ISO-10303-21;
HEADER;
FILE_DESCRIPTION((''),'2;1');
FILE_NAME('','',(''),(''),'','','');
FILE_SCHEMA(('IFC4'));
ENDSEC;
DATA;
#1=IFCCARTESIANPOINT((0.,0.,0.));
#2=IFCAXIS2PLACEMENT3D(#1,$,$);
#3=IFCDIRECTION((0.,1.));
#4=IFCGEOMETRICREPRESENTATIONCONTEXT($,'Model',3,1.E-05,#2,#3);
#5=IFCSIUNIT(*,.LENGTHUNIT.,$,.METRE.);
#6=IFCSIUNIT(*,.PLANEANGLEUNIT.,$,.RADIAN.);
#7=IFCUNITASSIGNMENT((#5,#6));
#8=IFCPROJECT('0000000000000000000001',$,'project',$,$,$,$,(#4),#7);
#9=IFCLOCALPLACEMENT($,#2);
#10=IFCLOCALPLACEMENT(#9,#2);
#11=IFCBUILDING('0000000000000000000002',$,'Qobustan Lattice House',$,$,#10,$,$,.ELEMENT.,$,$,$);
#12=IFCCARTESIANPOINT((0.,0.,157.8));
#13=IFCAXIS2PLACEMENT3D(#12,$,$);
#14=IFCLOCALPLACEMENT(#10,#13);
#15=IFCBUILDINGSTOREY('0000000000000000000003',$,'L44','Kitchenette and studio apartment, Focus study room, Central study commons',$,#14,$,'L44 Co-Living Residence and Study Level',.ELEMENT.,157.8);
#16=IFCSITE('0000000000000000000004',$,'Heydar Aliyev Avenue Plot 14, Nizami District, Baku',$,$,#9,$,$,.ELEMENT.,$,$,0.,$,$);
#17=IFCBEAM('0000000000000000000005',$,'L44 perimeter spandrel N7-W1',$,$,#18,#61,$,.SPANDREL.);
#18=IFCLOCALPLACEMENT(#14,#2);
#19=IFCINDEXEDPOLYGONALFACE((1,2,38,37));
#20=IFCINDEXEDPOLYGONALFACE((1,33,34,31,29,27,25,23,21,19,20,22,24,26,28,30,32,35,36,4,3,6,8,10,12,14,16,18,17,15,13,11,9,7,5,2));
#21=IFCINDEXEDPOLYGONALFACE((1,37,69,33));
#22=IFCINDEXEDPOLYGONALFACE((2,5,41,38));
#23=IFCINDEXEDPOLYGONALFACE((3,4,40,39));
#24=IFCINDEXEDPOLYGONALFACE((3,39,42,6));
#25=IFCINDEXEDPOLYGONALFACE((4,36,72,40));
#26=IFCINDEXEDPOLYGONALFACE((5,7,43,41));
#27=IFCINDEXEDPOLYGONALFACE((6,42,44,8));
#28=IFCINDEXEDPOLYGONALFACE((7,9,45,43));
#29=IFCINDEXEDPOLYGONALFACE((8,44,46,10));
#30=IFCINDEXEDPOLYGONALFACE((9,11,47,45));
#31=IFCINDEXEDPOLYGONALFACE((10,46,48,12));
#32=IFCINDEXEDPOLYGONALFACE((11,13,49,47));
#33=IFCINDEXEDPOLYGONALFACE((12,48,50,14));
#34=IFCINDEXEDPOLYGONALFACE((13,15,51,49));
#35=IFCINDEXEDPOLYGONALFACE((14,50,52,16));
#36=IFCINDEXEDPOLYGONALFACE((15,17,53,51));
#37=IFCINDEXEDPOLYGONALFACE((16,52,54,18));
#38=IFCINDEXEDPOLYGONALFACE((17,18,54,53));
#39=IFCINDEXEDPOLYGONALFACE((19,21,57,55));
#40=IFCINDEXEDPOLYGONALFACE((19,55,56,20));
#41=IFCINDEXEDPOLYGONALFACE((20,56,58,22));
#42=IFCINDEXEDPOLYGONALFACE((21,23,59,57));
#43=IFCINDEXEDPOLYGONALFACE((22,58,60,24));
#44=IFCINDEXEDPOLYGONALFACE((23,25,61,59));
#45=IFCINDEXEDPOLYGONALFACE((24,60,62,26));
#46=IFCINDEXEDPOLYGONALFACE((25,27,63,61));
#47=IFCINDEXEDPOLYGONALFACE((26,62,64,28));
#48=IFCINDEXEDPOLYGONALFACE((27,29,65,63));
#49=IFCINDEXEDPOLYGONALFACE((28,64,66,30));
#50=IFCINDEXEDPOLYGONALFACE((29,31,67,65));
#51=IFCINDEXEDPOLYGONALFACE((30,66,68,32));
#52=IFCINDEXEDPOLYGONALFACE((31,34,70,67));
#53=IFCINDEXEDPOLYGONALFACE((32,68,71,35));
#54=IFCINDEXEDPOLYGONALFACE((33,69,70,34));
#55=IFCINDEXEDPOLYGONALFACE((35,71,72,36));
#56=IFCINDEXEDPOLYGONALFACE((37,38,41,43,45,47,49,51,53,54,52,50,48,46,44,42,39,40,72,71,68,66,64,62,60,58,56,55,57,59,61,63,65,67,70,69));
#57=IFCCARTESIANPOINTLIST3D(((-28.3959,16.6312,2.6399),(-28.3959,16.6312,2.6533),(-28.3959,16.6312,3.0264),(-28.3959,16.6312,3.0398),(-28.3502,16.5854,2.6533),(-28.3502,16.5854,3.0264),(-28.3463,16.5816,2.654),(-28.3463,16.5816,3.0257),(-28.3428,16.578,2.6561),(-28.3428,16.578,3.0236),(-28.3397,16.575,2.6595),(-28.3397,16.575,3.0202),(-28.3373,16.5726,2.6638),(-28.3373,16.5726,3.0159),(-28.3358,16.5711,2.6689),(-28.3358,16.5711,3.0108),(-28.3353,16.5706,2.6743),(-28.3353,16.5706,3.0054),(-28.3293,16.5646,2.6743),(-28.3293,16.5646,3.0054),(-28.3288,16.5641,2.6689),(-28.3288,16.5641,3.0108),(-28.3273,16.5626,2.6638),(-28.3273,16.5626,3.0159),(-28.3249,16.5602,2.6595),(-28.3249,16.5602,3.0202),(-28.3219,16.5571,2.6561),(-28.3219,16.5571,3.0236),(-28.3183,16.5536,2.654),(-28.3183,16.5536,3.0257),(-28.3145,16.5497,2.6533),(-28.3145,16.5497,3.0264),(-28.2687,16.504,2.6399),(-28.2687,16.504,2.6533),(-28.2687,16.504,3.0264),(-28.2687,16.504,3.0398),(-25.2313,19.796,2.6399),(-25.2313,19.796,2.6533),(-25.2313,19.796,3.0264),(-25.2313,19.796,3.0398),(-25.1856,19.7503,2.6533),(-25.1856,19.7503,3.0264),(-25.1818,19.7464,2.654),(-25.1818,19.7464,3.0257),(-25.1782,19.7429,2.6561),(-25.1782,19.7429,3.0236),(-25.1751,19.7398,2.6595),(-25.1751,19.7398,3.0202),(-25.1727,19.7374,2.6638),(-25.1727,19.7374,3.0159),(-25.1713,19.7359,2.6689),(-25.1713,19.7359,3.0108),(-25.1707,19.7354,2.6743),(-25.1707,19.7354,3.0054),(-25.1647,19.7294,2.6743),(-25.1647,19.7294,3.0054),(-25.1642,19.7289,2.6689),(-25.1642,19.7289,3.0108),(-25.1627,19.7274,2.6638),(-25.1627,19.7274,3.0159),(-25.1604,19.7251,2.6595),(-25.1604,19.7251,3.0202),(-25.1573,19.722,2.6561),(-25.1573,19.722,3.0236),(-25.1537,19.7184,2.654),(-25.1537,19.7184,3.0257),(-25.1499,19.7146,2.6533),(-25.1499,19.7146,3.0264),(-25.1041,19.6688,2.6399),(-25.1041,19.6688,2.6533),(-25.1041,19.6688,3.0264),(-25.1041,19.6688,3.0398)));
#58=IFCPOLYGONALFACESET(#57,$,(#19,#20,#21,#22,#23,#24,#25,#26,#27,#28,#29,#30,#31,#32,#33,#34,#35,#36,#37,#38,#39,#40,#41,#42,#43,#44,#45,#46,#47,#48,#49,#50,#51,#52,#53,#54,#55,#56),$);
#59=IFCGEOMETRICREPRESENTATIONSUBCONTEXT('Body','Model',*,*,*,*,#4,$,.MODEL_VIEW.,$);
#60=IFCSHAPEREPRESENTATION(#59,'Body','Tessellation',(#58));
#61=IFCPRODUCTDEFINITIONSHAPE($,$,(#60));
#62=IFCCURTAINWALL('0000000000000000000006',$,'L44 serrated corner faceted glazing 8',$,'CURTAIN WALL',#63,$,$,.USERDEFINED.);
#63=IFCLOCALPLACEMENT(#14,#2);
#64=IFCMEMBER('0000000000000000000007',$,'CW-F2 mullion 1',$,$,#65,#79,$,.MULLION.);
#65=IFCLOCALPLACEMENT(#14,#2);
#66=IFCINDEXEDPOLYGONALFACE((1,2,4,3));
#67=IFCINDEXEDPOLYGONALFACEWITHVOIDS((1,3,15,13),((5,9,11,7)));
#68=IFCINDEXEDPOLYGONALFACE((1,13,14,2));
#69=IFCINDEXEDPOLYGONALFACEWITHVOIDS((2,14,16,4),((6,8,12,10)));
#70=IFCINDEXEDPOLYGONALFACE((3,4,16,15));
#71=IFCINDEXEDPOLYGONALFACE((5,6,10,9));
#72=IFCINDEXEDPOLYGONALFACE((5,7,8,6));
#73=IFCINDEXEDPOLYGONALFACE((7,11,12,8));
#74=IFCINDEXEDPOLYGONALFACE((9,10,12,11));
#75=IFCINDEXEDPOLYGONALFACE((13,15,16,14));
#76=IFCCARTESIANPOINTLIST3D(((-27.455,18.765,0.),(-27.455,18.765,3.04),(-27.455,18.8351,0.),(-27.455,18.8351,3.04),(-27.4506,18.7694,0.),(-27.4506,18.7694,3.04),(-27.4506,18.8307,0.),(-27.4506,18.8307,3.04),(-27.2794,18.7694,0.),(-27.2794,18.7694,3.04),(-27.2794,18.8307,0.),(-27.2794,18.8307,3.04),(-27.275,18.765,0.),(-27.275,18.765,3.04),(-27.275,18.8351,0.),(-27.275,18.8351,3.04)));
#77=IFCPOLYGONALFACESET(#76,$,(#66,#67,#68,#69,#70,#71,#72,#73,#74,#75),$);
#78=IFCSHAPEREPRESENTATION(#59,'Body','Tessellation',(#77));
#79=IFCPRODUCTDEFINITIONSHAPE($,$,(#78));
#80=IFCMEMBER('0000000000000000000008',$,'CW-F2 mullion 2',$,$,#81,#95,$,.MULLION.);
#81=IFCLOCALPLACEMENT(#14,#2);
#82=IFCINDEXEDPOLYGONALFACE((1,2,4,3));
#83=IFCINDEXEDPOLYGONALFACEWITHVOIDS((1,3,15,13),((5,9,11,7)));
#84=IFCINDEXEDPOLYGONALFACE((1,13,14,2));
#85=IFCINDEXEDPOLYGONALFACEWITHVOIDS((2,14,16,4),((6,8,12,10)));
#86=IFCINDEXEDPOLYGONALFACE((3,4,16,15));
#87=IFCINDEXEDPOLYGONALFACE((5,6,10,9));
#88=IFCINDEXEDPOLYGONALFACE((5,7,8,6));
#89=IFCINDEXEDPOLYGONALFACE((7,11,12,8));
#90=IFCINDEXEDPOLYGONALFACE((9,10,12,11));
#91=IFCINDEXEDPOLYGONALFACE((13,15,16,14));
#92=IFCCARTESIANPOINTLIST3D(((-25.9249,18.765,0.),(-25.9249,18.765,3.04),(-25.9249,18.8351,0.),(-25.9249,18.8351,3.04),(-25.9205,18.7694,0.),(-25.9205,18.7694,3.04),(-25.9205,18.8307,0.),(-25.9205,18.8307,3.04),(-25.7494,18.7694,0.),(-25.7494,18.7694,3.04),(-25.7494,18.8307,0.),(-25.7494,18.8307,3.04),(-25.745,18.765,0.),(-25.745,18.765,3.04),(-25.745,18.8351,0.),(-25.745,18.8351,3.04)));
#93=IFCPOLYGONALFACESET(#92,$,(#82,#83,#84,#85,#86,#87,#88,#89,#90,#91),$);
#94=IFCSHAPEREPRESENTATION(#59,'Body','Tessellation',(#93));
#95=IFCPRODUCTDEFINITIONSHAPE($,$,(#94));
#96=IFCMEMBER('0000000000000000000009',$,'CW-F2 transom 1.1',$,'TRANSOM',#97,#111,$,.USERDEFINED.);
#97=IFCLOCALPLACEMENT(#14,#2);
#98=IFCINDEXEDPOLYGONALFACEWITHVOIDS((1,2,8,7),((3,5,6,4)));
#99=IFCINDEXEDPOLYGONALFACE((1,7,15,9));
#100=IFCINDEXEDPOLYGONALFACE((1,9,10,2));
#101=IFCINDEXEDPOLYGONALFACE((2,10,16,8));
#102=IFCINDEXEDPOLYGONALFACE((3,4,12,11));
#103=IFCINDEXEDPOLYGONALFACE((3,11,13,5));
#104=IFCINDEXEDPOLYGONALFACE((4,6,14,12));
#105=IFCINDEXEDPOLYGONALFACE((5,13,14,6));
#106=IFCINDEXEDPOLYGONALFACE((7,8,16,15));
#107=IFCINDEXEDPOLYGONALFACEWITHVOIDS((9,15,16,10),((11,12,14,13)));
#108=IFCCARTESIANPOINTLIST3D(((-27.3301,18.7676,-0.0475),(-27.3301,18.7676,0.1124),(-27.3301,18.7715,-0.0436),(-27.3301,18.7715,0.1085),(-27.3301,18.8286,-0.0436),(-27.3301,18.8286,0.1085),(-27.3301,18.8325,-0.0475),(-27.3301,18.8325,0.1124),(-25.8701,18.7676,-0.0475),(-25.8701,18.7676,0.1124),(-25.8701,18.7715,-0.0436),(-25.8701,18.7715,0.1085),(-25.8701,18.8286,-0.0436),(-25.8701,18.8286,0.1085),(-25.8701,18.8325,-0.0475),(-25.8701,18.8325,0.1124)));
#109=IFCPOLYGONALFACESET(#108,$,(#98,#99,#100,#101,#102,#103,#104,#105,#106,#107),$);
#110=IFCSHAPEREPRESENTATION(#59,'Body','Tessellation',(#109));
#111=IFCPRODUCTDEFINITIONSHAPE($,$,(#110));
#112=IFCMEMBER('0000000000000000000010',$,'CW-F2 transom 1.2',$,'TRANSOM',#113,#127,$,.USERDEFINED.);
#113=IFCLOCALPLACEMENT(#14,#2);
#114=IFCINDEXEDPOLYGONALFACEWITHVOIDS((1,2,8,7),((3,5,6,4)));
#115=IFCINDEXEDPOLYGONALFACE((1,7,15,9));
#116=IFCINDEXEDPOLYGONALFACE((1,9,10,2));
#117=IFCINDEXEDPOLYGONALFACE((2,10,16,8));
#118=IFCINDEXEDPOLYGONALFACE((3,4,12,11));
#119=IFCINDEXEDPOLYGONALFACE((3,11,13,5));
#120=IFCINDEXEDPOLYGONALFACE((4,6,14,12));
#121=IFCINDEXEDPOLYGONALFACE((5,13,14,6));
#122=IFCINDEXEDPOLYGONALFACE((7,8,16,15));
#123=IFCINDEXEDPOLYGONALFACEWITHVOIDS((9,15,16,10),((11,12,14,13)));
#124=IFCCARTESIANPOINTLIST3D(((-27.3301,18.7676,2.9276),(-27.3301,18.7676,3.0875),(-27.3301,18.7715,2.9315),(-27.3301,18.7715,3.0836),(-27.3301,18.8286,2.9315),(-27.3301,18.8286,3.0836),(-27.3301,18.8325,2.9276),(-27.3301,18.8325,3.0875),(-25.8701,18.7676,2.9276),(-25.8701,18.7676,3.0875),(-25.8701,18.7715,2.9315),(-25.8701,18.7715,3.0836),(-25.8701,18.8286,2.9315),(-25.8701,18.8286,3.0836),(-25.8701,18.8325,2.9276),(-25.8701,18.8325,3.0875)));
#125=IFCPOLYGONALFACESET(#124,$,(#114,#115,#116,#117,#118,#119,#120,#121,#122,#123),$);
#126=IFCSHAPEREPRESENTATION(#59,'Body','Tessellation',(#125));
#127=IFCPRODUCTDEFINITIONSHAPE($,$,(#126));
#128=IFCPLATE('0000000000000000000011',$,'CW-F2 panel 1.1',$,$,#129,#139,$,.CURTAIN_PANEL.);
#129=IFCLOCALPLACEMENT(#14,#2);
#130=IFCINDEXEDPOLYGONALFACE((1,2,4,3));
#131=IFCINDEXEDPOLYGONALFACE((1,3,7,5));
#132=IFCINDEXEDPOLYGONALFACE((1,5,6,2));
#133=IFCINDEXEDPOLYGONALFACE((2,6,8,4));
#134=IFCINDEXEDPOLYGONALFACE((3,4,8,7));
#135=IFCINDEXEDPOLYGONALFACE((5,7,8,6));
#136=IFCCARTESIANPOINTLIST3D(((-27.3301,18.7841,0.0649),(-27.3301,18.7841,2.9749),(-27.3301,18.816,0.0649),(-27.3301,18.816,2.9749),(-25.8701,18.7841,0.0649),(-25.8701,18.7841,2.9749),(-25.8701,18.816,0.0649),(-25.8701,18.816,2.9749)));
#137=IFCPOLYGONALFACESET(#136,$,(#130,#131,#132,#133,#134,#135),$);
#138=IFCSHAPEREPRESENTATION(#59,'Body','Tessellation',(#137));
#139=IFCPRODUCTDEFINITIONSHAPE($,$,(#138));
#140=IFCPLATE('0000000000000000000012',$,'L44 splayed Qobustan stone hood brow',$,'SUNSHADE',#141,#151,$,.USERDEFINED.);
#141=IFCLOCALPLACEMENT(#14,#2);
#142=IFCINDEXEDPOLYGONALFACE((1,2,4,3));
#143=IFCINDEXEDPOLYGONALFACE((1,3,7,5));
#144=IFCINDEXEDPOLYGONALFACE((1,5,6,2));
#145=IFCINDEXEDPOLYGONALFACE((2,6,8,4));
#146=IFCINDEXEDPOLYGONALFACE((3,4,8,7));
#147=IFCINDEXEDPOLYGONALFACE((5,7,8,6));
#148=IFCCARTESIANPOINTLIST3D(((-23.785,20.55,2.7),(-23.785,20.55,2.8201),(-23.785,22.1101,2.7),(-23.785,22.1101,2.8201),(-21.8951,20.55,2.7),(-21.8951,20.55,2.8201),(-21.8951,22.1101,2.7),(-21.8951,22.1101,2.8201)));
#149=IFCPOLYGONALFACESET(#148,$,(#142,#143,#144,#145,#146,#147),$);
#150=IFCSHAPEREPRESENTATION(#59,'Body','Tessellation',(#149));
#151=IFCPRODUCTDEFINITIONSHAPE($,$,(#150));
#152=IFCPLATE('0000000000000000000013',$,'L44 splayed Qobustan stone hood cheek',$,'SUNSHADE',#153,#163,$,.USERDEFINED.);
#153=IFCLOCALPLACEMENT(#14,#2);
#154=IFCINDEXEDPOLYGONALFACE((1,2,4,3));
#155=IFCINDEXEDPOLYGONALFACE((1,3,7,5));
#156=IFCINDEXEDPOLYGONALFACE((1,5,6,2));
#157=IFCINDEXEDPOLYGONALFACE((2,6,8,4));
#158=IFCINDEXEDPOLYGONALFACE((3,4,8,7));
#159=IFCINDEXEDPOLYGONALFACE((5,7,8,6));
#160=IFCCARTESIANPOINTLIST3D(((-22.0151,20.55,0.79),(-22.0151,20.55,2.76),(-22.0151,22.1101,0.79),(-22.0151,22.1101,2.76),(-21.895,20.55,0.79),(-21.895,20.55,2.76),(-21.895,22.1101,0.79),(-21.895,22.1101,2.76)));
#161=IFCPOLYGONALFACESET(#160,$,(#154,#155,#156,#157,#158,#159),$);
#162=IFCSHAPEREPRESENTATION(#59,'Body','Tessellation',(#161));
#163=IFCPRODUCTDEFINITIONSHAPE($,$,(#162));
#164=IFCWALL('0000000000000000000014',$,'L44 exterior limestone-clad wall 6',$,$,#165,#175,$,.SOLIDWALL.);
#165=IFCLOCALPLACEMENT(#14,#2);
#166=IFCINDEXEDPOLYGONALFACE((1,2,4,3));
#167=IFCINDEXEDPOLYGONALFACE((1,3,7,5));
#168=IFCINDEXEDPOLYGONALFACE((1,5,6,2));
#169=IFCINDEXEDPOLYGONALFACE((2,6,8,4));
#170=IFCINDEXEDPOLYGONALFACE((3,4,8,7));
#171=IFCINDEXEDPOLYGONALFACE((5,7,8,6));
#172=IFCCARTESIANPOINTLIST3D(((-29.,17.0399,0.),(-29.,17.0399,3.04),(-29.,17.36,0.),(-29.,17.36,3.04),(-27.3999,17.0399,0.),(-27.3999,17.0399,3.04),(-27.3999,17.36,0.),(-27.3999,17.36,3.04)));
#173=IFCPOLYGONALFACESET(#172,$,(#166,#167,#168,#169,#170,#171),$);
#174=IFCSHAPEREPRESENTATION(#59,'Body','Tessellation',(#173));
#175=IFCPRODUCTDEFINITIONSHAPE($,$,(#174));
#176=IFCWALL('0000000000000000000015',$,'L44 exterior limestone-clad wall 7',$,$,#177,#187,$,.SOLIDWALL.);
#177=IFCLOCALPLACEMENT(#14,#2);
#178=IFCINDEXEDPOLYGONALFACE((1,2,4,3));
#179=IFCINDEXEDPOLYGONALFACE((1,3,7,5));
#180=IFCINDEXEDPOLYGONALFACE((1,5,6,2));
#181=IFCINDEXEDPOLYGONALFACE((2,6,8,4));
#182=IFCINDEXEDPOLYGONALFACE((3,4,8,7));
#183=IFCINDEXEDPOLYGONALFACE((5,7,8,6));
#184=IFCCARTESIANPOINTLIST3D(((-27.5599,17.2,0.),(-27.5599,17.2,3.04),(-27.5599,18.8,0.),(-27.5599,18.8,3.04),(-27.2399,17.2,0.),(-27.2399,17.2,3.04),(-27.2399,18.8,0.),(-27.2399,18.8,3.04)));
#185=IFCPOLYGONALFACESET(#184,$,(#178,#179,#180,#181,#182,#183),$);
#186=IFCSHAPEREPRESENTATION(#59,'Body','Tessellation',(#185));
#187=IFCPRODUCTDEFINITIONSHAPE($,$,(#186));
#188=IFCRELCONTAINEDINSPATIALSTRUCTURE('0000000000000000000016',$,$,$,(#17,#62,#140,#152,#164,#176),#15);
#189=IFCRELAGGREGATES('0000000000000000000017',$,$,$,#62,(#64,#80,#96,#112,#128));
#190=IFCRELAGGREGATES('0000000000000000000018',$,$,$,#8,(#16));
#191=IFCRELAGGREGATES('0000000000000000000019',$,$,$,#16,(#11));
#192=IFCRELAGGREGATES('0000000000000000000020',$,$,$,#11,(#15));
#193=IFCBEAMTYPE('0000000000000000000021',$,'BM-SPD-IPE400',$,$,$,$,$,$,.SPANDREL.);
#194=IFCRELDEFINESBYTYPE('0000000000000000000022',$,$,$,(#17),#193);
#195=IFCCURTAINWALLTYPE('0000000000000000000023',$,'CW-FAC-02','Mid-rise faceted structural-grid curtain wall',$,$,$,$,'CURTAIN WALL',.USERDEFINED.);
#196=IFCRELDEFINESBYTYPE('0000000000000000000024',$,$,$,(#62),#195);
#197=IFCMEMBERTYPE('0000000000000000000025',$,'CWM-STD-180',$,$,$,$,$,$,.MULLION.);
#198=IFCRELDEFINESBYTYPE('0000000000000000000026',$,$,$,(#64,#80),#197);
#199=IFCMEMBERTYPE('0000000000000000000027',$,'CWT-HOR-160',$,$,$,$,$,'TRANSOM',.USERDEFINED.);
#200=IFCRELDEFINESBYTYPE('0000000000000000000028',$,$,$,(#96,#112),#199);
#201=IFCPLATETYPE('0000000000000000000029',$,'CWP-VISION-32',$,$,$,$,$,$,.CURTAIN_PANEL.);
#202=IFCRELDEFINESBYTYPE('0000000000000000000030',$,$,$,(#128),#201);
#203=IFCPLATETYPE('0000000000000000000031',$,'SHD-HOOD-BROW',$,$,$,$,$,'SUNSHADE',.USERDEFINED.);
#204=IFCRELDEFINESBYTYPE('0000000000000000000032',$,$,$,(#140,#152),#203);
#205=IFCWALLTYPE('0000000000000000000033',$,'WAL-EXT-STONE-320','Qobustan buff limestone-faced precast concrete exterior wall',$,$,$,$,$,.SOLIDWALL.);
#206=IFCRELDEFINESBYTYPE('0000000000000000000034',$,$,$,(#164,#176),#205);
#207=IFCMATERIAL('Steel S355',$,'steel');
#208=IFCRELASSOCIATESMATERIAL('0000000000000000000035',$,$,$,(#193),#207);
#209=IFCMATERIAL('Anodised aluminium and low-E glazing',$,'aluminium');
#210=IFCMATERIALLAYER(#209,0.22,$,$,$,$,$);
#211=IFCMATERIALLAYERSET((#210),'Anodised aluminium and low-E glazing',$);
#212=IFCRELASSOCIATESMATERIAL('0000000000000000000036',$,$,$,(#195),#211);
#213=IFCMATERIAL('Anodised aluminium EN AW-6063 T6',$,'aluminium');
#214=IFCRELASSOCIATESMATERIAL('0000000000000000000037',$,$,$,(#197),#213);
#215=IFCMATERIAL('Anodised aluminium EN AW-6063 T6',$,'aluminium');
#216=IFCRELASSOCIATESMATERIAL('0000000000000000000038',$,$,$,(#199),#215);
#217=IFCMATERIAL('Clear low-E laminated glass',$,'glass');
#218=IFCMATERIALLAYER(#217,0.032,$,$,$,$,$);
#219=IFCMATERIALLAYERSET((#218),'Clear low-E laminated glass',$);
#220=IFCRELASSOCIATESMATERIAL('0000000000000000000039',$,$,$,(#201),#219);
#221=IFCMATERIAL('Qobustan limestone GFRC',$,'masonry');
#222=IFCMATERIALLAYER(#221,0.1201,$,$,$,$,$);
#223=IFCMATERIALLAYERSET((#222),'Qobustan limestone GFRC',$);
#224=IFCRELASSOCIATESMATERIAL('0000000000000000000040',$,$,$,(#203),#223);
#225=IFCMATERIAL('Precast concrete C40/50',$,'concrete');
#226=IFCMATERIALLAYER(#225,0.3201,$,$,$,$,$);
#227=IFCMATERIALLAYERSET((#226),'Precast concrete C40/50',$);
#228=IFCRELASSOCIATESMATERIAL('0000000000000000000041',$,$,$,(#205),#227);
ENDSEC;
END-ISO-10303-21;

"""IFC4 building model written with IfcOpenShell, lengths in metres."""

from ifc_helpers import new_model, si_unit, direction, frame, frame_2d, origin, origin_2d, place, context, subcontext, project, spatial, rectangle, hollow_rectangle, i_section, extrude, material, layer, layer_set, material_profile, profile_set, type_object, element, aggregate, save


model = new_model("IFC4")

# Units and contexts
model_context = context("Model", 3, precision=1e-05, world=origin(), true_north=direction((0.0, 1.0)))
body_context = subcontext(model_context, "Body", "Model", "MODEL_VIEW")
ifc_project = project(units=[si_unit("LENGTHUNIT", "METRE"), si_unit("PLANEANGLEUNIT", "RADIAN")], contexts=[model_context])

# Site, building, storey
site_placement = place(None, origin())
site = spatial("IfcSite", under=ifc_project, at=site_placement, Name="Heydar Aliyev Avenue Plot 14, Nizami District, Baku", CompositionType="ELEMENT", RefElevation=0.0)
building_placement = place(site_placement, origin())
building = spatial("IfcBuilding", under=site, at=building_placement, Name="Qobustan Lattice House", CompositionType="ELEMENT")
storey_placement = place(building_placement, frame((0.0, 0.0, 157.8)))
storey = spatial("IfcBuildingStorey", under=building, at=storey_placement, Name="L44", Description="Kitchenette and studio apartment, Focus study room, Central study commons", LongName="L44 Co-Living Residence and Study Level", CompositionType="ELEMENT", Elevation=157.8)

# Beam
ifc_material_1 = material(Name="Steel S355", Category="steel")
ifc_material_profile_1 = material_profile(ifc_material_1, i_section(OverallWidth=0.1799, OverallDepth=0.3999, WebThickness=0.0085, FlangeThickness=0.0134, FilletRadius=0.021, at=origin_2d()), Name="IPE400")
ifc_profile_set_1 = profile_set([ifc_material_profile_1], Name="Steel S355")
beam_type_1 = type_object("IfcBeamType", Name="BM-SPD-IPE400", PredefinedType="SPANDREL", material=ifc_profile_set_1)
beam_1_placement = place(storey_placement, frame((-25.1677, 19.7324, 2.8398), z_axis=(-0.70708, -0.707134, 0.0), x_axis=(0.707134, -0.70708, 0.0)))
element("IfcBeam", 1, at=beam_1_placement, inside=storey, type_object=beam_type_1, Name="L44 perimeter spandrel N7-W1", PredefinedType="SPANDREL", context=body_context, shape_type="SweptSolid", body=[
    extrude(i_section(OverallWidth=0.1799, OverallDepth=0.3999, WebThickness=0.0085, FlangeThickness=0.0134, FilletRadius=0.021, at=origin_2d()), origin(), (0.0, 0.0, 1.0), 4.4756),
])

# Curtain wall, members, plate
ifc_material_2 = material(Name="Anodised aluminium and low-E glazing", Category="aluminium")
ifc_layer_1 = layer(ifc_material_2, 0.22)
ifc_layer_set_1 = layer_set([ifc_layer_1], Name="Anodised aluminium and low-E glazing")
curtain_wall_type = type_object("IfcCurtainWallType", Name="CW-FAC-02", Description="Mid-rise faceted structural-grid curtain wall", ElementType="CURTAIN WALL", PredefinedType="USERDEFINED", material=ifc_layer_set_1)
curtain_wall_placement = place(storey_placement, origin())
curtain_wall = element("IfcCurtainWall", 2, at=curtain_wall_placement, inside=storey, type_object=curtain_wall_type, Name="L44 serrated corner faceted glazing 8", ObjectType="CURTAIN WALL", PredefinedType="USERDEFINED")
ifc_material_3 = material(Name="Anodised aluminium EN AW-6063 T6", Category="aluminium")
ifc_material_profile_2 = material_profile(ifc_material_3, hollow_rectangle(XDim=0.0701, YDim=0.1799, WallThickness=0.0044, at=origin_2d()), Name="CWM-180x70")
ifc_profile_set_2 = profile_set([ifc_material_profile_2], Name="Anodised aluminium EN AW-6063 T6")
member_type_1 = type_object("IfcMemberType", Name="CWM-STD-180", PredefinedType="MULLION", material=ifc_profile_set_2)
member_1_placement = place(storey_placement, frame((-27.365, 18.8, 0.0), z_axis=(0.0, 0.0, 1.0), x_axis=(0.0, 1.0, 0.0)))
member_1 = element("IfcMember", 3, at=member_1_placement, type_object=member_type_1, Name="CW-F2 mullion 1", PredefinedType="MULLION", context=body_context, shape_type="SweptSolid", body=[
    extrude(hollow_rectangle(XDim=0.0701, YDim=0.1799, WallThickness=0.0044, at=origin_2d()), origin(), (0.0, 0.0, 1.0), 3.04),
])
member_2_placement = place(storey_placement, frame((-25.835, 18.8, 0.0), z_axis=(0.0, 0.0, 1.0), x_axis=(0.0, 1.0, 0.0)))
member_2 = element("IfcMember", 4, at=member_2_placement, type_object=member_type_1, Name="CW-F2 mullion 2", PredefinedType="MULLION", context=body_context, shape_type="SweptSolid", body=[
    extrude(hollow_rectangle(XDim=0.0701, YDim=0.1799, WallThickness=0.0044, at=origin_2d()), origin(), (0.0, 0.0, 1.0), 3.04),
])
ifc_material_4 = material(Name="Anodised aluminium EN AW-6063 T6", Category="aluminium")
ifc_material_profile_3 = material_profile(ifc_material_4, hollow_rectangle(XDim=0.0649, YDim=0.1599, WallThickness=0.0039, at=origin_2d()), Name="CWT-160x65")
ifc_profile_set_3 = profile_set([ifc_material_profile_3], Name="Anodised aluminium EN AW-6063 T6")
member_type_2 = type_object("IfcMemberType", Name="CWT-HOR-160", ElementType="TRANSOM", PredefinedType="USERDEFINED", material=ifc_profile_set_3)
member_3_placement = place(storey_placement, frame((-27.3301, 18.8, 0.0325), z_axis=(1.0, 0.0, 0.0), x_axis=(0.0, 1.0, 0.0)))
member_3 = element("IfcMember", 5, at=member_3_placement, type_object=member_type_2, Name="CW-F2 transom 1.1", ObjectType="TRANSOM", PredefinedType="USERDEFINED", context=body_context, shape_type="SweptSolid", body=[
    extrude(hollow_rectangle(XDim=0.0649, YDim=0.1599, WallThickness=0.0039, at=origin_2d()), origin(), (0.0, 0.0, 1.0), 1.46),
])
member_4_placement = place(storey_placement, frame((-27.3301, 18.8, 3.0076), z_axis=(1.0, 0.0, 0.0), x_axis=(0.0, 1.0, 0.0)))
member_4 = element("IfcMember", 6, at=member_4_placement, type_object=member_type_2, Name="CW-F2 transom 1.2", ObjectType="TRANSOM", PredefinedType="USERDEFINED", context=body_context, shape_type="SweptSolid", body=[
    extrude(hollow_rectangle(XDim=0.0649, YDim=0.1599, WallThickness=0.0039, at=origin_2d()), origin(), (0.0, 0.0, 1.0), 1.46),
])
ifc_material_5 = material(Name="Clear low-E laminated glass", Category="glass")
ifc_layer_2 = layer(ifc_material_5, 0.032)
ifc_layer_set_2 = layer_set([ifc_layer_2], Name="Clear low-E laminated glass")
plate_type_1 = type_object("IfcPlateType", Name="CWP-VISION-32", PredefinedType="CURTAIN_PANEL", material=ifc_layer_set_2)
plate_1_placement = place(storey_placement, frame((-26.6001, 18.8, 0.0649), z_axis=(0.0, 0.0, 1.0), x_axis=(1.0, 0.0, 0.0)))
plate_1 = element("IfcPlate", 7, at=plate_1_placement, type_object=plate_type_1, Name="CW-F2 panel 1.1", PredefinedType="CURTAIN_PANEL", context=body_context, shape_type="SweptSolid", body=[
    extrude(rectangle(XDim=1.46, YDim=0.032, at=origin_2d()), origin(), (0.0, 0.0, 1.0), 2.9099),
])
aggregate(curtain_wall, [member_1, member_2, member_3, member_4, plate_1])

# Plates
ifc_material_6 = material(Name="Qobustan limestone GFRC", Category="masonry")
ifc_layer_3 = layer(ifc_material_6, 0.1201)
ifc_layer_set_3 = layer_set([ifc_layer_3], Name="Qobustan limestone GFRC")
plate_type_2 = type_object("IfcPlateType", Name="SHD-HOOD-BROW", ElementType="SUNSHADE", PredefinedType="USERDEFINED", material=ifc_layer_set_3)
plate_2_placement = place(storey_placement, frame((-22.8401, 21.3301, 2.7), z_axis=(0.0, 0.0, 1.0), x_axis=(1.0, 0.0, 0.0)))
element("IfcPlate", 8, at=plate_2_placement, inside=storey, type_object=plate_type_2, Name="L44 splayed Qobustan stone hood brow", ObjectType="SUNSHADE", PredefinedType="USERDEFINED", context=body_context, shape_type="SweptSolid", body=[
    extrude(rectangle(XDim=1.8899, YDim=1.5601, at=origin_2d()), origin(), (0.0, 0.0, 1.0), 0.1201),
])
plate_3_placement = place(storey_placement, frame((-21.9551, 21.3301, 0.79), z_axis=(0.0, 0.0, 1.0), x_axis=(1.0, 0.0, 0.0)))
element("IfcPlate", 9, at=plate_3_placement, inside=storey, type_object=plate_type_2, Name="L44 splayed Qobustan stone hood cheek", ObjectType="SUNSHADE", PredefinedType="USERDEFINED", context=body_context, shape_type="SweptSolid", body=[
    extrude(rectangle(XDim=0.1201, YDim=1.5601, at=origin_2d()), origin(), (0.0, 0.0, 1.0), 1.97),
])

# Walls
ifc_material_7 = material(Name="Precast concrete C40/50", Category="concrete")
ifc_layer_4 = layer(ifc_material_7, 0.3201)
ifc_layer_set_4 = layer_set([ifc_layer_4], Name="Precast concrete C40/50")
wall_type_1 = type_object("IfcWallType", Name="WAL-EXT-STONE-320", Description="Qobustan buff limestone-faced precast concrete exterior wall", PredefinedType="SOLIDWALL", material=ifc_layer_set_4)
for number, where, z_axis, x_axis, name in (
    (10, (-29.0, 17.2, 0.0), (0.0, 0.0, 1.0), (1.0, 0.0, 0.0), "L44 exterior limestone-clad wall 6"),
    (11, (-27.3999, 17.2, 0.0), (0.0, 0.0, 1.0), (0.0, 1.0, 0.0), "L44 exterior limestone-clad wall 7"),
):
    element("IfcWall", number, at=place(storey_placement, frame(where, z_axis=z_axis, x_axis=x_axis)), inside=storey, type_object=wall_type_1, Name=name, PredefinedType="SOLIDWALL", context=body_context, shape_type="SweptSolid", body=[
        extrude(rectangle(XDim=1.6001, YDim=0.3201, at=frame_2d((0.8, 0.0))), origin(), (0.0, 0.0, 1.0), 3.04),
    ])

save(model, "model.ifc")
